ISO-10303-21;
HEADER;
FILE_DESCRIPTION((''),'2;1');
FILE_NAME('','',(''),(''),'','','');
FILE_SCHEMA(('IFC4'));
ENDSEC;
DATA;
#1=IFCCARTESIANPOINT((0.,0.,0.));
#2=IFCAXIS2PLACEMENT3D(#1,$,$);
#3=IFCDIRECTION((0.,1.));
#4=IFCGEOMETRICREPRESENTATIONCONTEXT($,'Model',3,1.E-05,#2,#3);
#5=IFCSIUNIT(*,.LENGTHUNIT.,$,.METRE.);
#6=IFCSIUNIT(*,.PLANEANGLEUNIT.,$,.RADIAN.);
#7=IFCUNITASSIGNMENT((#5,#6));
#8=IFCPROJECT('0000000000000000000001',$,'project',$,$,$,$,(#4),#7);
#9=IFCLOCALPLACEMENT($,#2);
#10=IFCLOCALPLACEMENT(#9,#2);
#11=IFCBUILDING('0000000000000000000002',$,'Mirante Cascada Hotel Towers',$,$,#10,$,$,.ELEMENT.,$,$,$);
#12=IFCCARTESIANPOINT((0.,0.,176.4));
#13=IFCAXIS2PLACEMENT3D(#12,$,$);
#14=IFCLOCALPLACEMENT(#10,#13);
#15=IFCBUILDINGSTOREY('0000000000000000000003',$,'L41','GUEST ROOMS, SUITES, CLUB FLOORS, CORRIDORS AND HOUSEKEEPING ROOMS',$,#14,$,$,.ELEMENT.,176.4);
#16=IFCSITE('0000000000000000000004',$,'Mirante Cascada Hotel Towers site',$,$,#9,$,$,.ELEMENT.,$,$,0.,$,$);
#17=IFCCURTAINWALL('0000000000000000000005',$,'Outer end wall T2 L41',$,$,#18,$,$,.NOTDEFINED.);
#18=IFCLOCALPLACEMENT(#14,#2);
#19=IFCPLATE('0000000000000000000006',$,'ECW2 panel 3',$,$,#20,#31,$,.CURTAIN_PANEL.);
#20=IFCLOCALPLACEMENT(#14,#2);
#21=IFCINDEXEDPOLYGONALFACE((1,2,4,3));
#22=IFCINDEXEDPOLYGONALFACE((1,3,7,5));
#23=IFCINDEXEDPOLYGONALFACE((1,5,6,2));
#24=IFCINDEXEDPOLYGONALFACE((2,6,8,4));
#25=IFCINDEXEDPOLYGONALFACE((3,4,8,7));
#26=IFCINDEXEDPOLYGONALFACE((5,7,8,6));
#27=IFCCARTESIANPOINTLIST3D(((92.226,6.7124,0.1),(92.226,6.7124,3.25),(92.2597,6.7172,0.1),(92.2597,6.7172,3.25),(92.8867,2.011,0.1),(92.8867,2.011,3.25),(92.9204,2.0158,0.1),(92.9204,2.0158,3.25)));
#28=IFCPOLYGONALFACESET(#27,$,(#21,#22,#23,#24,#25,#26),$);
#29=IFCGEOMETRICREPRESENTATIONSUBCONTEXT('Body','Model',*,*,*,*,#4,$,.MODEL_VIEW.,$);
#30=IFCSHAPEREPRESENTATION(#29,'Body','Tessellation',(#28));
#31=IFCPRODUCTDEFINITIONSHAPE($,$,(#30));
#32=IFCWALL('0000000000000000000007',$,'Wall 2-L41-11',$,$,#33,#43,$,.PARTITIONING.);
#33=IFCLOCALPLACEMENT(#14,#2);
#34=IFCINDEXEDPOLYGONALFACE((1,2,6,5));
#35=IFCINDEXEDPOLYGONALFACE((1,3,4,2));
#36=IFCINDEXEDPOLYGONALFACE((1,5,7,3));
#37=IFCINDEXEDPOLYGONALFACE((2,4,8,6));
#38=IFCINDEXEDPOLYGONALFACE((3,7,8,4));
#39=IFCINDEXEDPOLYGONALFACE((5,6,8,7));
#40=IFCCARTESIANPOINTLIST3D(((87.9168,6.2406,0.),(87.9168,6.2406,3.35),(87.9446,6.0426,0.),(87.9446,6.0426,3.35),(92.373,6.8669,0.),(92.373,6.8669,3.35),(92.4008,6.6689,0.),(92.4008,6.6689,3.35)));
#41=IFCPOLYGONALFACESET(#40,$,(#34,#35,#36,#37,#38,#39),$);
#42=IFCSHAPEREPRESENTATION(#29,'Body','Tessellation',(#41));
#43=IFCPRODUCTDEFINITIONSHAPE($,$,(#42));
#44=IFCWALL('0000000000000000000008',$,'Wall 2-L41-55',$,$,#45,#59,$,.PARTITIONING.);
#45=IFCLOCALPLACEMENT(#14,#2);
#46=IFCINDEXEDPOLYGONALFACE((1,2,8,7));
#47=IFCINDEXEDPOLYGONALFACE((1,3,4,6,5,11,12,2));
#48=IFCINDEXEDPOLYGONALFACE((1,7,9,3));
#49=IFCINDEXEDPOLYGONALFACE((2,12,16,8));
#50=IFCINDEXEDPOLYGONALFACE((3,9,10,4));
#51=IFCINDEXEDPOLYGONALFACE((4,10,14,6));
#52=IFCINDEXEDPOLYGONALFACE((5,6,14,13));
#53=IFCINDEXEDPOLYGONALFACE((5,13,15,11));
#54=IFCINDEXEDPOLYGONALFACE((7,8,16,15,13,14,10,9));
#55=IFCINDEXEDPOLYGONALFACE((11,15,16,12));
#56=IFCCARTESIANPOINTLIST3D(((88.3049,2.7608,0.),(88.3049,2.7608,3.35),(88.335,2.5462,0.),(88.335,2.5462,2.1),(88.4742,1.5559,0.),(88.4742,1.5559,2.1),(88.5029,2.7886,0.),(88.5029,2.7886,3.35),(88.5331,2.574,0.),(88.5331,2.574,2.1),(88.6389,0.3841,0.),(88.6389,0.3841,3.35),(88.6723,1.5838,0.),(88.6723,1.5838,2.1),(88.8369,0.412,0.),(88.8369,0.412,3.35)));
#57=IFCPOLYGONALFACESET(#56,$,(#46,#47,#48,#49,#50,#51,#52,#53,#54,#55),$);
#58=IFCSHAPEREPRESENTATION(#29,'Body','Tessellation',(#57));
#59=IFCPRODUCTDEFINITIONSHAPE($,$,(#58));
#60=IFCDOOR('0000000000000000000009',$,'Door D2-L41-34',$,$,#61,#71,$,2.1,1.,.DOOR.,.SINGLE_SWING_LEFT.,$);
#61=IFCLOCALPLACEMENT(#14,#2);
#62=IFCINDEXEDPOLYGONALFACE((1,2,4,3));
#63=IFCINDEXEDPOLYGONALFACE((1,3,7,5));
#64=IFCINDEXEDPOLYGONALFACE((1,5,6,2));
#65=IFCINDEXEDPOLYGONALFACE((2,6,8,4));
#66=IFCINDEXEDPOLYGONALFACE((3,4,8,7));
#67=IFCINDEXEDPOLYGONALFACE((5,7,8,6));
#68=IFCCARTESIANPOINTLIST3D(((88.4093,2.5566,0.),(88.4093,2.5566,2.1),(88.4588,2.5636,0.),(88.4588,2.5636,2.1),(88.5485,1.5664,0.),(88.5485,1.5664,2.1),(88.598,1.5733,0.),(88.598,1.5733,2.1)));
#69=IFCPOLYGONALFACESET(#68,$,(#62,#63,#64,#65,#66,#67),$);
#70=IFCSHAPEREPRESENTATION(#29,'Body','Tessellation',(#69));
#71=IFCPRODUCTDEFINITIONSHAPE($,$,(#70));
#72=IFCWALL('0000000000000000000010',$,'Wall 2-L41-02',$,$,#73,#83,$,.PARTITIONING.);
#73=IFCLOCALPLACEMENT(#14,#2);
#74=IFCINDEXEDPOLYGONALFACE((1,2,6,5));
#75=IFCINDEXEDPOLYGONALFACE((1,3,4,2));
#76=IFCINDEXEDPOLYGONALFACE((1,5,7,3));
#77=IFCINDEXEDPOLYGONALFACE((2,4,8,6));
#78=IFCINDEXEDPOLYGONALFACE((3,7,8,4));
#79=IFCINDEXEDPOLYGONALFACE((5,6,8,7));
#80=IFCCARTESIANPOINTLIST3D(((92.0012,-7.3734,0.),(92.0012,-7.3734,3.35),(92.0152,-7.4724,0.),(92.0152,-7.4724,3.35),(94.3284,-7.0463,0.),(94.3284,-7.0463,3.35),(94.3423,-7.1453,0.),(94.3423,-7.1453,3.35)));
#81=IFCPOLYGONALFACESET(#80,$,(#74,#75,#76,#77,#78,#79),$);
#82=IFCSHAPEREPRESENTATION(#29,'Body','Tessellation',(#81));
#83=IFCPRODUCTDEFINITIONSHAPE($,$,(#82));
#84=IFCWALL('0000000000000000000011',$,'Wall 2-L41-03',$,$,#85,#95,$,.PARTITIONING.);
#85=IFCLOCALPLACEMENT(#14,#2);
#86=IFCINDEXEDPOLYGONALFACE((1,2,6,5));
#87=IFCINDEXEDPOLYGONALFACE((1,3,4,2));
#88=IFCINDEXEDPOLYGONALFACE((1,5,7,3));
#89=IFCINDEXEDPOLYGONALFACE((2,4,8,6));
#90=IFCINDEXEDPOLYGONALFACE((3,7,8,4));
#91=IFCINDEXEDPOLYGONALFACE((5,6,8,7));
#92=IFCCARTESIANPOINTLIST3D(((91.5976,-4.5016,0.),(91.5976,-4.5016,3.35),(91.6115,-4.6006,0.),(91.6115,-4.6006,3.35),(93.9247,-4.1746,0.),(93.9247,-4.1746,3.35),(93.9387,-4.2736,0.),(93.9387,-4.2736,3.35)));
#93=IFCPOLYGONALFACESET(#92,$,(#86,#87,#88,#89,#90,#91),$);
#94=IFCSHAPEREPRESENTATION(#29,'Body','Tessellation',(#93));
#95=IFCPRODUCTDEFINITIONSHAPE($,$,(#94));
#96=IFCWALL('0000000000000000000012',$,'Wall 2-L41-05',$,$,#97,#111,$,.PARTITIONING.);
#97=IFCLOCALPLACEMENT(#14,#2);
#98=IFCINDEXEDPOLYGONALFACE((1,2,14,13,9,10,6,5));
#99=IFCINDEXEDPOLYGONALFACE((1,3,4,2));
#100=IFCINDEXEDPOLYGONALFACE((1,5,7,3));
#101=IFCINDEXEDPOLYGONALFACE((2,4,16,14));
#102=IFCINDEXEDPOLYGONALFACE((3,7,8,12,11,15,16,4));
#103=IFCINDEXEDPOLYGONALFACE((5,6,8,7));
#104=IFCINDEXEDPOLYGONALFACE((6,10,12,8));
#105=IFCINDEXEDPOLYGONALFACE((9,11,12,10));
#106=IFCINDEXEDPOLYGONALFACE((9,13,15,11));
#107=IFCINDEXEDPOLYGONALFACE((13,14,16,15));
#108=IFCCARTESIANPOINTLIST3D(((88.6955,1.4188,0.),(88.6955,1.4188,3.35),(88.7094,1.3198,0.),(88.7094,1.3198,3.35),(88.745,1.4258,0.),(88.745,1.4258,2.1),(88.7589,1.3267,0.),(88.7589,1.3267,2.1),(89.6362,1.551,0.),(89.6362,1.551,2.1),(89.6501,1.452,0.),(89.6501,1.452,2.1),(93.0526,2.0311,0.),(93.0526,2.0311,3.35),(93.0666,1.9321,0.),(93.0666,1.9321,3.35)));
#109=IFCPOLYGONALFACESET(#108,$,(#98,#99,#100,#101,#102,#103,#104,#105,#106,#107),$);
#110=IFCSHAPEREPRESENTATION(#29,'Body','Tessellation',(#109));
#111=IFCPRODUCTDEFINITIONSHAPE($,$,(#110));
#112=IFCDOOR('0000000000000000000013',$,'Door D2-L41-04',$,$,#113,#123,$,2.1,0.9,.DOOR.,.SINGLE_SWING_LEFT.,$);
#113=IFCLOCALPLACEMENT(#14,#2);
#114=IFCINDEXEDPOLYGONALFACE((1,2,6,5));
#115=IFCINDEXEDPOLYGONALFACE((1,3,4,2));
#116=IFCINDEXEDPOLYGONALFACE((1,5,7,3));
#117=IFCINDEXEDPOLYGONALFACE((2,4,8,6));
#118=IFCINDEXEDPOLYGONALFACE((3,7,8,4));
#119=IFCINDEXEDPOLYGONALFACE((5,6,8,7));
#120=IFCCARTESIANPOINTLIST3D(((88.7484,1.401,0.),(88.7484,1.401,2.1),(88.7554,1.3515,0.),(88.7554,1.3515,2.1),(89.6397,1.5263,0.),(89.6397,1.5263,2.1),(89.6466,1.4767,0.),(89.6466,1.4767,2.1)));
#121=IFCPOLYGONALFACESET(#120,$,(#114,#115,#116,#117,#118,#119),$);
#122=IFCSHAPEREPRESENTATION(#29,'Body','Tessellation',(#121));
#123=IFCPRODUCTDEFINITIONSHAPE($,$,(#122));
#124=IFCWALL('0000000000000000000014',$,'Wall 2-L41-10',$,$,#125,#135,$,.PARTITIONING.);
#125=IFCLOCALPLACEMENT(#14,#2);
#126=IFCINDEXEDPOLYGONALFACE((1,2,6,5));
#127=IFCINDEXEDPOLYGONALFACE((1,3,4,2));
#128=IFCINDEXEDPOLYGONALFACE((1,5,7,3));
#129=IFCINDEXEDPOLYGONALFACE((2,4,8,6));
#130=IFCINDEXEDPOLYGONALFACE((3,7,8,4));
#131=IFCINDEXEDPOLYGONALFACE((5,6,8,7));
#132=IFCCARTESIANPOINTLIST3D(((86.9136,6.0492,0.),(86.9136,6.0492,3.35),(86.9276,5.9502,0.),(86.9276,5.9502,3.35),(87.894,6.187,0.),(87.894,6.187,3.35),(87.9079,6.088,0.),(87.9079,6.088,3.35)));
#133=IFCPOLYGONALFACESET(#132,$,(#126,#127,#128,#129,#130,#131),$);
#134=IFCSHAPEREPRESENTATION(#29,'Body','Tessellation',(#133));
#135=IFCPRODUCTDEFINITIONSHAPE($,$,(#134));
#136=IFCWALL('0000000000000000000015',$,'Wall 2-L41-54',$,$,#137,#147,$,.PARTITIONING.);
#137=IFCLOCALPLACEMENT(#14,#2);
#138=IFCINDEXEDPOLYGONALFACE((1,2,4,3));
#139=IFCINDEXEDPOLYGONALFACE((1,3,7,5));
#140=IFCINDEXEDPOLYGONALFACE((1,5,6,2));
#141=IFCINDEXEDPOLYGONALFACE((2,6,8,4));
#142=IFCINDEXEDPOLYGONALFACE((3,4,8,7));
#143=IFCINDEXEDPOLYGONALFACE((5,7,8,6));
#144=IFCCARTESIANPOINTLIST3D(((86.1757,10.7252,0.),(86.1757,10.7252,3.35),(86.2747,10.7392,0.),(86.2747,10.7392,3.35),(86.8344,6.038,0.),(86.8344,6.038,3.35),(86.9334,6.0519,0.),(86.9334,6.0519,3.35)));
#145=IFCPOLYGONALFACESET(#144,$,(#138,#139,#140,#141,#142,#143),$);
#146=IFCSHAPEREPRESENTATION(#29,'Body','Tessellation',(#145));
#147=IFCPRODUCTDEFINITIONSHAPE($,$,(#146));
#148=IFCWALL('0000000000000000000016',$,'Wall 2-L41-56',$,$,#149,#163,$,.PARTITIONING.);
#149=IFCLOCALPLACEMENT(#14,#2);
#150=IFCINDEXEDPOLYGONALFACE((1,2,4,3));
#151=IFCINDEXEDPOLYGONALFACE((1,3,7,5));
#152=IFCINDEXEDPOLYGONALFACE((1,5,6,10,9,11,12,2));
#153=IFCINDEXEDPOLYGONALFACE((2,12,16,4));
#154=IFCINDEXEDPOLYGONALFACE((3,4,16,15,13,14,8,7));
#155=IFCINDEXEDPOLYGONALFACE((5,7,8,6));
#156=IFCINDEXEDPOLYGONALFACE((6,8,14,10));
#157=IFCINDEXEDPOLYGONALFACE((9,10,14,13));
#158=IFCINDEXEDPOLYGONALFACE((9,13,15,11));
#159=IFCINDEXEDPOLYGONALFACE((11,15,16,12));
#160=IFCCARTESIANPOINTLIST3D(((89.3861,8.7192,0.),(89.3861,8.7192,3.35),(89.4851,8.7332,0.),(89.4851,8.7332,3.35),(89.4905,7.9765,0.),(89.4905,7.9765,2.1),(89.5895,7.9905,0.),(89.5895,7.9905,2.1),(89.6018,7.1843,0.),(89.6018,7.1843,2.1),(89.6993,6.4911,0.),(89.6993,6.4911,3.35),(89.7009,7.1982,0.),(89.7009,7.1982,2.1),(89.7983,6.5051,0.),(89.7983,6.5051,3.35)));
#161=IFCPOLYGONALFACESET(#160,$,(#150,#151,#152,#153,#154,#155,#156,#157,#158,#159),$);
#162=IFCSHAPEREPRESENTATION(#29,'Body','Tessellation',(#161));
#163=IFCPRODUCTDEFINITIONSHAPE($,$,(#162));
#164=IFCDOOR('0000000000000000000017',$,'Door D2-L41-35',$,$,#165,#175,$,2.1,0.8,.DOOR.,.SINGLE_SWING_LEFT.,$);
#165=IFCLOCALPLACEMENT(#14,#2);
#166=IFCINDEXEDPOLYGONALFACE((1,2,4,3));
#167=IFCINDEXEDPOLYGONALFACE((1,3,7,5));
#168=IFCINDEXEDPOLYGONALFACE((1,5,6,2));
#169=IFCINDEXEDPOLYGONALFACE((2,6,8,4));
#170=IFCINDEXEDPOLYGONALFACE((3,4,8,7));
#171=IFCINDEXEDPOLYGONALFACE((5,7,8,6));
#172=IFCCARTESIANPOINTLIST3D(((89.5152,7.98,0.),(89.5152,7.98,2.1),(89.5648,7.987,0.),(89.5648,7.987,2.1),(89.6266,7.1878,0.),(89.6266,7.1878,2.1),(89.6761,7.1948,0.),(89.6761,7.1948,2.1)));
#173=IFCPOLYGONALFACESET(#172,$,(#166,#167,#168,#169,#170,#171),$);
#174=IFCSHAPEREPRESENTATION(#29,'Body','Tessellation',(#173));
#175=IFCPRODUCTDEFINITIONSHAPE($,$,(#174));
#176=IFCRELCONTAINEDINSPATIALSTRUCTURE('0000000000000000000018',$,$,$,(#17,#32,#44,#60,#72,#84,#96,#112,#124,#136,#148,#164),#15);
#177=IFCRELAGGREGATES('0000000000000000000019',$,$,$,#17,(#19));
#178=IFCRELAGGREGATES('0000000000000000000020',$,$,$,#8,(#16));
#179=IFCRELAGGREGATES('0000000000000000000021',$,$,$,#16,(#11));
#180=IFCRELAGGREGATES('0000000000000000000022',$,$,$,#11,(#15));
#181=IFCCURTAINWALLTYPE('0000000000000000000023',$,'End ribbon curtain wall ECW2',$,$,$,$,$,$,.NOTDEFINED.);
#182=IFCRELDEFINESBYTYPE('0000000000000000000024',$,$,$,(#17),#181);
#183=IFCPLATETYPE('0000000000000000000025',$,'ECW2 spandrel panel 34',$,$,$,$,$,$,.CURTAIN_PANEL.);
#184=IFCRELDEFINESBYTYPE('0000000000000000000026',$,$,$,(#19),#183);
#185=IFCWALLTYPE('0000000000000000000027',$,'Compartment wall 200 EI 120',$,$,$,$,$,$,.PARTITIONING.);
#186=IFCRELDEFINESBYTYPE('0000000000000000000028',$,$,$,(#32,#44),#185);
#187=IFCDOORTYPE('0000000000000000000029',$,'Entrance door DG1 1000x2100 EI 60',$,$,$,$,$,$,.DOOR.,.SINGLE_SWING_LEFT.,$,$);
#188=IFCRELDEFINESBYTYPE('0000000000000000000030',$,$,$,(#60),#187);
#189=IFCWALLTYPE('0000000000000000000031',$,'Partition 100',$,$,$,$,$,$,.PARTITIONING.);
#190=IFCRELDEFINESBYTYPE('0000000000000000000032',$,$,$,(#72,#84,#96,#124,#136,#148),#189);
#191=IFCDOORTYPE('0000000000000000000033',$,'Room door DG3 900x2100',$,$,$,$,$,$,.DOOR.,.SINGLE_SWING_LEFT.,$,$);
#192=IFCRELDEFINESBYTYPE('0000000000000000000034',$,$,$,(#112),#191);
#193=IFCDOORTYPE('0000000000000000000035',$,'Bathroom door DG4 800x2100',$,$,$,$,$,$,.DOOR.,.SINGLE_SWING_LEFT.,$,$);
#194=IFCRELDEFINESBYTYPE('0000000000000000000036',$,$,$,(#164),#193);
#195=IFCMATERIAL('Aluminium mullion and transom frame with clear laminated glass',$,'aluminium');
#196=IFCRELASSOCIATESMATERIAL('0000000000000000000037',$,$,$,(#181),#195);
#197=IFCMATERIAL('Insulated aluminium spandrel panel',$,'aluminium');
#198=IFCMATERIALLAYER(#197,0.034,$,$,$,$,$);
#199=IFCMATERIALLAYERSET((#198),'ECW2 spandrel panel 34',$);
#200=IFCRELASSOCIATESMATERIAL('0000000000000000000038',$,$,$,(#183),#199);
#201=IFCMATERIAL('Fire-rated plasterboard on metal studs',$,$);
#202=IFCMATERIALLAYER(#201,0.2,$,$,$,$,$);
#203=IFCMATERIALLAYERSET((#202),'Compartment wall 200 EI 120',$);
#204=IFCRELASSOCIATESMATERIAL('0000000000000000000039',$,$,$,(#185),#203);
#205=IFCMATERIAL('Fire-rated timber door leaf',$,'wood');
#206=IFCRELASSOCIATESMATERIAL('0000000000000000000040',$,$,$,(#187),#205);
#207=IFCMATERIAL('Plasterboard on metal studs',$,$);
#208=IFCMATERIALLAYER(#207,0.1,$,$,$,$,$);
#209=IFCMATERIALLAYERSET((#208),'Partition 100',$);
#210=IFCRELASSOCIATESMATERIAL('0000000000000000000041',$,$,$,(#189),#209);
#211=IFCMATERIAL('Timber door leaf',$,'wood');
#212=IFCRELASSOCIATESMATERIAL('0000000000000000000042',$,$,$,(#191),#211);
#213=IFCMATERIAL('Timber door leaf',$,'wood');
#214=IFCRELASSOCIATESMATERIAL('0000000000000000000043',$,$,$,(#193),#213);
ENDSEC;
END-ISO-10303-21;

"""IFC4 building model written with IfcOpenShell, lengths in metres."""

from ifc_helpers import new_model, si_unit, direction, frame, frame_2d, origin, origin_2d, place, context, subcontext, project, spatial, rectangle, extrude, material, layer, layer_set, type_object, element, fill, aggregate, save


model = new_model("IFC4")

# Units and contexts
model_context = context("Model", 3, precision=1e-05, world=origin(), true_north=direction((0.0, 1.0)))
body_context = subcontext(model_context, "Body", "Model", "MODEL_VIEW")
ifc_project = project(units=[si_unit("LENGTHUNIT", "METRE"), si_unit("PLANEANGLEUNIT", "RADIAN")], contexts=[model_context])

# Site, building, storey
site_placement = place(None, origin())
site = spatial("IfcSite", under=ifc_project, at=site_placement, Name="Mirante Cascada Hotel Towers site", CompositionType="ELEMENT", RefElevation=0.0)
building_placement = place(site_placement, origin())
building = spatial("IfcBuilding", under=site, at=building_placement, Name="Mirante Cascada Hotel Towers", CompositionType="ELEMENT")
storey_placement = place(building_placement, frame((0.0, 0.0, 176.4)))
storey = spatial("IfcBuildingStorey", under=building, at=storey_placement, Name="L41", Description="GUEST ROOMS, SUITES, CLUB FLOORS, CORRIDORS AND HOUSEKEEPING ROOMS", CompositionType="ELEMENT", Elevation=176.4)

# Curtain wall, plate
ifc_material_1 = material(Name="Aluminium mullion and transom frame with clear laminated glass", Category="aluminium")
curtain_wall_type = type_object("IfcCurtainWallType", Name="End ribbon curtain wall ECW2", PredefinedType="NOTDEFINED", material=ifc_material_1)
curtain_wall_placement = place(storey_placement, origin())
curtain_wall = element("IfcCurtainWall", 1, at=curtain_wall_placement, inside=storey, type_object=curtain_wall_type, Name="Outer end wall T2 L41", PredefinedType="NOTDEFINED")
ifc_material_2 = material(Name="Insulated aluminium spandrel panel", Category="aluminium")
ifc_layer_1 = layer(ifc_material_2, 0.034)
ifc_layer_set_1 = layer_set([ifc_layer_1], Name="ECW2 spandrel panel 34")
plate_type_1 = type_object("IfcPlateType", Name="ECW2 spandrel panel 34", PredefinedType="CURTAIN_PANEL", material=ifc_layer_set_1)
plate_1_placement = place(storey_placement, frame((92.5732, 4.3641, 0.1), z_axis=(0.0, 0.0, 1.0), x_axis=(-0.139173, 0.990268, 0.0)))
plate_1 = element("IfcPlate", 2, at=plate_1_placement, type_object=plate_type_1, Name="ECW2 panel 3", PredefinedType="CURTAIN_PANEL", context=body_context, shape_type="SweptSolid", body=[
    extrude(rectangle(XDim=4.7476, YDim=0.034, at=origin_2d()), origin(), (0.0, 0.0, 1.0), 3.15),
])
aggregate(curtain_wall, [plate_1])

# Wall
ifc_material_3 = material(Name="Fire-rated plasterboard on metal studs")
ifc_layer_2 = layer(ifc_material_3, 0.2)
ifc_layer_set_2 = layer_set([ifc_layer_2], Name="Compartment wall 200 EI 120")
wall_type_1 = type_object("IfcWallType", Name="Compartment wall 200 EI 120", PredefinedType="PARTITIONING", material=ifc_layer_set_2)
wall_1_placement = place(storey_placement, frame((92.3869, 6.7679, 0.0), z_axis=(0.0, 0.0, 1.0), x_axis=(-0.990267, -0.139178, 0.0)))
element("IfcWall", 3, at=wall_1_placement, inside=storey, type_object=wall_type_1, Name="Wall 2-L41-11", PredefinedType="PARTITIONING", context=body_context, shape_type="SweptSolid", body=[
    extrude(rectangle(XDim=4.5, YDim=0.2, at=frame_2d((2.25, 0.0))), origin(), (0.0, 0.0, 1.0), 3.35),
])

# Wall, opening, door
wall_2_placement = place(storey_placement, frame((88.4039, 2.7747, 0.0), z_axis=(0.0, 0.0, 1.0), x_axis=(0.139169, -0.990269, 0.0)))
wall_2 = element("IfcWall", 4, at=wall_2_placement, inside=storey, type_object=wall_type_1, Name="Wall 2-L41-55", PredefinedType="PARTITIONING", context=body_context, shape_type="SweptSolid", body=[
    extrude(rectangle(XDim=2.4, YDim=0.2, at=frame_2d((1.2, 0.0))), origin(), (0.0, 0.0, 1.0), 3.35),
])
opening_1_placement = place(wall_2_placement, frame((0.2167, 0.0, 0.0)))
opening_1 = element("IfcOpeningElement", 5, at=opening_1_placement, cuts=wall_2, PredefinedType="OPENING", context=body_context, shape_type="SweptSolid", body=[
    extrude(rectangle(XDim=1.0, YDim=2.1, at=frame_2d((0.5, 1.05))), frame((0.0, 0.1, 0.0), z_axis=(0.0, -1.0, 0.0), x_axis=(1.0, 0.0, 0.0)), (0.0, 0.0, 1.0), 0.2),
])
ifc_material_4 = material(Name="Fire-rated timber door leaf", Category="wood")
door_type_1 = type_object("IfcDoorType", Name="Entrance door DG1 1000x2100 EI 60", OperationType="SINGLE_SWING_LEFT", PredefinedType="DOOR", material=ifc_material_4)
door_1_placement = place(opening_1_placement, origin())
door_1 = element("IfcDoor", 6, at=door_1_placement, inside=storey, type_object=door_type_1, Name="Door D2-L41-34", OperationType="SINGLE_SWING_LEFT", OverallHeight=2.1, OverallWidth=1.0, PredefinedType="DOOR", context=body_context, shape_type="SweptSolid", body=[
    extrude(rectangle(XDim=1.0, YDim=2.1, at=frame_2d((0.5, 1.05))), frame((0.0, 0.025, 0.0), z_axis=(0.0, -1.0, 0.0), x_axis=(1.0, 0.0, 0.0)), (0.0, 0.0, 1.0), 0.05),
])
fill(opening_1, door_1)

# Walls
ifc_material_5 = material(Name="Plasterboard on metal studs")
ifc_layer_3 = layer(ifc_material_5, 0.1)
ifc_layer_set_3 = layer_set([ifc_layer_3], Name="Partition 100")
wall_type_2 = type_object("IfcWallType", Name="Partition 100", PredefinedType="PARTITIONING", material=ifc_layer_set_3)
for number, where, z_axis, x_axis, name in (
    (7, (92.0082, -7.4229, 0.0), (0.0, 0.0, 1.0), (0.990265, 0.139193, 0.0), "Wall 2-L41-02"),
    (8, (93.9317, -4.2241, 0.0), (0.0, 0.0, 1.0), (-0.990271, -0.139151, 0.0), "Wall 2-L41-03"),
):
    element("IfcWall", number, at=place(storey_placement, frame(where, z_axis=z_axis, x_axis=x_axis)), inside=storey, type_object=wall_type_2, Name=name, PredefinedType="PARTITIONING", context=body_context, shape_type="SweptSolid", body=[
        extrude(rectangle(XDim=2.35, YDim=0.1, at=frame_2d((1.175, 0.0))), origin(), (0.0, 0.0, 1.0), 3.35),
    ])

# Wall, opening, door
wall_3_placement = place(storey_placement, frame((93.0596, 1.9816, 0.0), z_axis=(0.0, 0.0, 1.0), x_axis=(-0.99027, -0.139159, 0.0)))
wall_3 = element("IfcWall", 9, at=wall_3_placement, inside=storey, type_object=wall_type_2, Name="Wall 2-L41-05", PredefinedType="PARTITIONING", context=body_context, shape_type="SweptSolid", body=[
    extrude(rectangle(XDim=4.4, YDim=0.1, at=frame_2d((2.2, 0.0))), origin(), (0.0, 0.0, 1.0), 3.35),
])
opening_2_placement = place(wall_3_placement, frame((3.45, 0.0, 0.0)))
opening_2 = element("IfcOpeningElement", 10, at=opening_2_placement, cuts=wall_3, PredefinedType="OPENING", context=body_context, shape_type="SweptSolid", body=[
    extrude(rectangle(XDim=0.9, YDim=2.1, at=frame_2d((0.45, 1.05))), frame((0.0, 0.05, 0.0), z_axis=(0.0, -1.0, 0.0), x_axis=(1.0, 0.0, 0.0)), (0.0, 0.0, 1.0), 0.1),
])
ifc_material_6 = material(Name="Timber door leaf", Category="wood")
door_type_2 = type_object("IfcDoorType", Name="Room door DG3 900x2100", OperationType="SINGLE_SWING_LEFT", PredefinedType="DOOR", material=ifc_material_6)
door_2_placement = place(opening_2_placement, origin())
door_2 = element("IfcDoor", 11, at=door_2_placement, inside=storey, type_object=door_type_2, Name="Door D2-L41-04", OperationType="SINGLE_SWING_LEFT", OverallHeight=2.1, OverallWidth=0.9, PredefinedType="DOOR", context=body_context, shape_type="SweptSolid", body=[
    extrude(rectangle(XDim=0.9, YDim=2.1, at=frame_2d((0.45, 1.05))), frame((0.0, 0.025, 0.0), z_axis=(0.0, -1.0, 0.0), x_axis=(1.0, 0.0, 0.0)), (0.0, 0.0, 1.0), 0.05),
])
fill(opening_2, door_2)

# Walls
wall_4_placement = place(storey_placement, frame((86.9206, 5.9997, 0.0), z_axis=(0.0, 0.0, 1.0), x_axis=(0.990266, 0.139187, 0.0)))
element("IfcWall", 12, at=wall_4_placement, inside=storey, type_object=wall_type_2, Name="Wall 2-L41-10", PredefinedType="PARTITIONING", context=body_context, shape_type="SweptSolid", body=[
    extrude(rectangle(XDim=0.99, YDim=0.1, at=frame_2d((0.495, 0.0))), origin(), (0.0, 0.0, 1.0), 3.35),
])
wall_5_placement = place(storey_placement, frame((86.8839, 6.045, 0.0), z_axis=(0.0, 0.0, 1.0), x_axis=(-0.139164, 0.990269, 0.0)))
element("IfcWall", 13, at=wall_5_placement, inside=storey, type_object=wall_type_2, Name="Wall 2-L41-54", PredefinedType="PARTITIONING", context=body_context, shape_type="SweptSolid", body=[
    extrude(rectangle(XDim=4.7333, YDim=0.1, at=frame_2d((2.3666, 0.0))), origin(), (0.0, 0.0, 1.0), 3.35),
])

# Wall, opening, door
wall_6_placement = place(storey_placement, frame((89.7488, 6.4981, 0.0), z_axis=(0.0, 0.0, 1.0), x_axis=(-0.1392, 0.990264, 0.0)))
wall_6 = element("IfcWall", 14, at=wall_6_placement, inside=storey, type_object=wall_type_2, Name="Wall 2-L41-56", PredefinedType="PARTITIONING", context=body_context, shape_type="SweptSolid", body=[
    extrude(rectangle(XDim=2.25, YDim=0.1, at=frame_2d((1.125, 0.0))), origin(), (0.0, 0.0, 1.0), 3.35),
])
opening_3_placement = place(wall_6_placement, frame((0.7, 0.0, 0.0)))
opening_3 = element("IfcOpeningElement", 15, at=opening_3_placement, cuts=wall_6, PredefinedType="OPENING", context=body_context, shape_type="SweptSolid", body=[
    extrude(rectangle(XDim=0.8, YDim=2.1, at=frame_2d((0.4, 1.05))), frame((0.0, 0.05, 0.0), z_axis=(0.0, -1.0, 0.0), x_axis=(1.0, 0.0, 0.0)), (0.0, 0.0, 1.0), 0.1),
])
ifc_material_7 = material(Name="Timber door leaf", Category="wood")
door_type_3 = type_object("IfcDoorType", Name="Bathroom door DG4 800x2100", OperationType="SINGLE_SWING_LEFT", PredefinedType="DOOR", material=ifc_material_7)
door_3_placement = place(opening_3_placement, origin())
door_3 = element("IfcDoor", 16, at=door_3_placement, inside=storey, type_object=door_type_3, Name="Door D2-L41-35", OperationType="SINGLE_SWING_LEFT", OverallHeight=2.1, OverallWidth=0.8, PredefinedType="DOOR", context=body_context, shape_type="SweptSolid", body=[
    extrude(rectangle(XDim=0.8, YDim=2.1, at=frame_2d((0.4, 1.05))), frame((0.0, 0.025, 0.0), z_axis=(0.0, -1.0, 0.0), x_axis=(1.0, 0.0, 0.0)), (0.0, 0.0, 1.0), 0.05),
])
fill(opening_3, door_3)

save(model, "model.ifc")
